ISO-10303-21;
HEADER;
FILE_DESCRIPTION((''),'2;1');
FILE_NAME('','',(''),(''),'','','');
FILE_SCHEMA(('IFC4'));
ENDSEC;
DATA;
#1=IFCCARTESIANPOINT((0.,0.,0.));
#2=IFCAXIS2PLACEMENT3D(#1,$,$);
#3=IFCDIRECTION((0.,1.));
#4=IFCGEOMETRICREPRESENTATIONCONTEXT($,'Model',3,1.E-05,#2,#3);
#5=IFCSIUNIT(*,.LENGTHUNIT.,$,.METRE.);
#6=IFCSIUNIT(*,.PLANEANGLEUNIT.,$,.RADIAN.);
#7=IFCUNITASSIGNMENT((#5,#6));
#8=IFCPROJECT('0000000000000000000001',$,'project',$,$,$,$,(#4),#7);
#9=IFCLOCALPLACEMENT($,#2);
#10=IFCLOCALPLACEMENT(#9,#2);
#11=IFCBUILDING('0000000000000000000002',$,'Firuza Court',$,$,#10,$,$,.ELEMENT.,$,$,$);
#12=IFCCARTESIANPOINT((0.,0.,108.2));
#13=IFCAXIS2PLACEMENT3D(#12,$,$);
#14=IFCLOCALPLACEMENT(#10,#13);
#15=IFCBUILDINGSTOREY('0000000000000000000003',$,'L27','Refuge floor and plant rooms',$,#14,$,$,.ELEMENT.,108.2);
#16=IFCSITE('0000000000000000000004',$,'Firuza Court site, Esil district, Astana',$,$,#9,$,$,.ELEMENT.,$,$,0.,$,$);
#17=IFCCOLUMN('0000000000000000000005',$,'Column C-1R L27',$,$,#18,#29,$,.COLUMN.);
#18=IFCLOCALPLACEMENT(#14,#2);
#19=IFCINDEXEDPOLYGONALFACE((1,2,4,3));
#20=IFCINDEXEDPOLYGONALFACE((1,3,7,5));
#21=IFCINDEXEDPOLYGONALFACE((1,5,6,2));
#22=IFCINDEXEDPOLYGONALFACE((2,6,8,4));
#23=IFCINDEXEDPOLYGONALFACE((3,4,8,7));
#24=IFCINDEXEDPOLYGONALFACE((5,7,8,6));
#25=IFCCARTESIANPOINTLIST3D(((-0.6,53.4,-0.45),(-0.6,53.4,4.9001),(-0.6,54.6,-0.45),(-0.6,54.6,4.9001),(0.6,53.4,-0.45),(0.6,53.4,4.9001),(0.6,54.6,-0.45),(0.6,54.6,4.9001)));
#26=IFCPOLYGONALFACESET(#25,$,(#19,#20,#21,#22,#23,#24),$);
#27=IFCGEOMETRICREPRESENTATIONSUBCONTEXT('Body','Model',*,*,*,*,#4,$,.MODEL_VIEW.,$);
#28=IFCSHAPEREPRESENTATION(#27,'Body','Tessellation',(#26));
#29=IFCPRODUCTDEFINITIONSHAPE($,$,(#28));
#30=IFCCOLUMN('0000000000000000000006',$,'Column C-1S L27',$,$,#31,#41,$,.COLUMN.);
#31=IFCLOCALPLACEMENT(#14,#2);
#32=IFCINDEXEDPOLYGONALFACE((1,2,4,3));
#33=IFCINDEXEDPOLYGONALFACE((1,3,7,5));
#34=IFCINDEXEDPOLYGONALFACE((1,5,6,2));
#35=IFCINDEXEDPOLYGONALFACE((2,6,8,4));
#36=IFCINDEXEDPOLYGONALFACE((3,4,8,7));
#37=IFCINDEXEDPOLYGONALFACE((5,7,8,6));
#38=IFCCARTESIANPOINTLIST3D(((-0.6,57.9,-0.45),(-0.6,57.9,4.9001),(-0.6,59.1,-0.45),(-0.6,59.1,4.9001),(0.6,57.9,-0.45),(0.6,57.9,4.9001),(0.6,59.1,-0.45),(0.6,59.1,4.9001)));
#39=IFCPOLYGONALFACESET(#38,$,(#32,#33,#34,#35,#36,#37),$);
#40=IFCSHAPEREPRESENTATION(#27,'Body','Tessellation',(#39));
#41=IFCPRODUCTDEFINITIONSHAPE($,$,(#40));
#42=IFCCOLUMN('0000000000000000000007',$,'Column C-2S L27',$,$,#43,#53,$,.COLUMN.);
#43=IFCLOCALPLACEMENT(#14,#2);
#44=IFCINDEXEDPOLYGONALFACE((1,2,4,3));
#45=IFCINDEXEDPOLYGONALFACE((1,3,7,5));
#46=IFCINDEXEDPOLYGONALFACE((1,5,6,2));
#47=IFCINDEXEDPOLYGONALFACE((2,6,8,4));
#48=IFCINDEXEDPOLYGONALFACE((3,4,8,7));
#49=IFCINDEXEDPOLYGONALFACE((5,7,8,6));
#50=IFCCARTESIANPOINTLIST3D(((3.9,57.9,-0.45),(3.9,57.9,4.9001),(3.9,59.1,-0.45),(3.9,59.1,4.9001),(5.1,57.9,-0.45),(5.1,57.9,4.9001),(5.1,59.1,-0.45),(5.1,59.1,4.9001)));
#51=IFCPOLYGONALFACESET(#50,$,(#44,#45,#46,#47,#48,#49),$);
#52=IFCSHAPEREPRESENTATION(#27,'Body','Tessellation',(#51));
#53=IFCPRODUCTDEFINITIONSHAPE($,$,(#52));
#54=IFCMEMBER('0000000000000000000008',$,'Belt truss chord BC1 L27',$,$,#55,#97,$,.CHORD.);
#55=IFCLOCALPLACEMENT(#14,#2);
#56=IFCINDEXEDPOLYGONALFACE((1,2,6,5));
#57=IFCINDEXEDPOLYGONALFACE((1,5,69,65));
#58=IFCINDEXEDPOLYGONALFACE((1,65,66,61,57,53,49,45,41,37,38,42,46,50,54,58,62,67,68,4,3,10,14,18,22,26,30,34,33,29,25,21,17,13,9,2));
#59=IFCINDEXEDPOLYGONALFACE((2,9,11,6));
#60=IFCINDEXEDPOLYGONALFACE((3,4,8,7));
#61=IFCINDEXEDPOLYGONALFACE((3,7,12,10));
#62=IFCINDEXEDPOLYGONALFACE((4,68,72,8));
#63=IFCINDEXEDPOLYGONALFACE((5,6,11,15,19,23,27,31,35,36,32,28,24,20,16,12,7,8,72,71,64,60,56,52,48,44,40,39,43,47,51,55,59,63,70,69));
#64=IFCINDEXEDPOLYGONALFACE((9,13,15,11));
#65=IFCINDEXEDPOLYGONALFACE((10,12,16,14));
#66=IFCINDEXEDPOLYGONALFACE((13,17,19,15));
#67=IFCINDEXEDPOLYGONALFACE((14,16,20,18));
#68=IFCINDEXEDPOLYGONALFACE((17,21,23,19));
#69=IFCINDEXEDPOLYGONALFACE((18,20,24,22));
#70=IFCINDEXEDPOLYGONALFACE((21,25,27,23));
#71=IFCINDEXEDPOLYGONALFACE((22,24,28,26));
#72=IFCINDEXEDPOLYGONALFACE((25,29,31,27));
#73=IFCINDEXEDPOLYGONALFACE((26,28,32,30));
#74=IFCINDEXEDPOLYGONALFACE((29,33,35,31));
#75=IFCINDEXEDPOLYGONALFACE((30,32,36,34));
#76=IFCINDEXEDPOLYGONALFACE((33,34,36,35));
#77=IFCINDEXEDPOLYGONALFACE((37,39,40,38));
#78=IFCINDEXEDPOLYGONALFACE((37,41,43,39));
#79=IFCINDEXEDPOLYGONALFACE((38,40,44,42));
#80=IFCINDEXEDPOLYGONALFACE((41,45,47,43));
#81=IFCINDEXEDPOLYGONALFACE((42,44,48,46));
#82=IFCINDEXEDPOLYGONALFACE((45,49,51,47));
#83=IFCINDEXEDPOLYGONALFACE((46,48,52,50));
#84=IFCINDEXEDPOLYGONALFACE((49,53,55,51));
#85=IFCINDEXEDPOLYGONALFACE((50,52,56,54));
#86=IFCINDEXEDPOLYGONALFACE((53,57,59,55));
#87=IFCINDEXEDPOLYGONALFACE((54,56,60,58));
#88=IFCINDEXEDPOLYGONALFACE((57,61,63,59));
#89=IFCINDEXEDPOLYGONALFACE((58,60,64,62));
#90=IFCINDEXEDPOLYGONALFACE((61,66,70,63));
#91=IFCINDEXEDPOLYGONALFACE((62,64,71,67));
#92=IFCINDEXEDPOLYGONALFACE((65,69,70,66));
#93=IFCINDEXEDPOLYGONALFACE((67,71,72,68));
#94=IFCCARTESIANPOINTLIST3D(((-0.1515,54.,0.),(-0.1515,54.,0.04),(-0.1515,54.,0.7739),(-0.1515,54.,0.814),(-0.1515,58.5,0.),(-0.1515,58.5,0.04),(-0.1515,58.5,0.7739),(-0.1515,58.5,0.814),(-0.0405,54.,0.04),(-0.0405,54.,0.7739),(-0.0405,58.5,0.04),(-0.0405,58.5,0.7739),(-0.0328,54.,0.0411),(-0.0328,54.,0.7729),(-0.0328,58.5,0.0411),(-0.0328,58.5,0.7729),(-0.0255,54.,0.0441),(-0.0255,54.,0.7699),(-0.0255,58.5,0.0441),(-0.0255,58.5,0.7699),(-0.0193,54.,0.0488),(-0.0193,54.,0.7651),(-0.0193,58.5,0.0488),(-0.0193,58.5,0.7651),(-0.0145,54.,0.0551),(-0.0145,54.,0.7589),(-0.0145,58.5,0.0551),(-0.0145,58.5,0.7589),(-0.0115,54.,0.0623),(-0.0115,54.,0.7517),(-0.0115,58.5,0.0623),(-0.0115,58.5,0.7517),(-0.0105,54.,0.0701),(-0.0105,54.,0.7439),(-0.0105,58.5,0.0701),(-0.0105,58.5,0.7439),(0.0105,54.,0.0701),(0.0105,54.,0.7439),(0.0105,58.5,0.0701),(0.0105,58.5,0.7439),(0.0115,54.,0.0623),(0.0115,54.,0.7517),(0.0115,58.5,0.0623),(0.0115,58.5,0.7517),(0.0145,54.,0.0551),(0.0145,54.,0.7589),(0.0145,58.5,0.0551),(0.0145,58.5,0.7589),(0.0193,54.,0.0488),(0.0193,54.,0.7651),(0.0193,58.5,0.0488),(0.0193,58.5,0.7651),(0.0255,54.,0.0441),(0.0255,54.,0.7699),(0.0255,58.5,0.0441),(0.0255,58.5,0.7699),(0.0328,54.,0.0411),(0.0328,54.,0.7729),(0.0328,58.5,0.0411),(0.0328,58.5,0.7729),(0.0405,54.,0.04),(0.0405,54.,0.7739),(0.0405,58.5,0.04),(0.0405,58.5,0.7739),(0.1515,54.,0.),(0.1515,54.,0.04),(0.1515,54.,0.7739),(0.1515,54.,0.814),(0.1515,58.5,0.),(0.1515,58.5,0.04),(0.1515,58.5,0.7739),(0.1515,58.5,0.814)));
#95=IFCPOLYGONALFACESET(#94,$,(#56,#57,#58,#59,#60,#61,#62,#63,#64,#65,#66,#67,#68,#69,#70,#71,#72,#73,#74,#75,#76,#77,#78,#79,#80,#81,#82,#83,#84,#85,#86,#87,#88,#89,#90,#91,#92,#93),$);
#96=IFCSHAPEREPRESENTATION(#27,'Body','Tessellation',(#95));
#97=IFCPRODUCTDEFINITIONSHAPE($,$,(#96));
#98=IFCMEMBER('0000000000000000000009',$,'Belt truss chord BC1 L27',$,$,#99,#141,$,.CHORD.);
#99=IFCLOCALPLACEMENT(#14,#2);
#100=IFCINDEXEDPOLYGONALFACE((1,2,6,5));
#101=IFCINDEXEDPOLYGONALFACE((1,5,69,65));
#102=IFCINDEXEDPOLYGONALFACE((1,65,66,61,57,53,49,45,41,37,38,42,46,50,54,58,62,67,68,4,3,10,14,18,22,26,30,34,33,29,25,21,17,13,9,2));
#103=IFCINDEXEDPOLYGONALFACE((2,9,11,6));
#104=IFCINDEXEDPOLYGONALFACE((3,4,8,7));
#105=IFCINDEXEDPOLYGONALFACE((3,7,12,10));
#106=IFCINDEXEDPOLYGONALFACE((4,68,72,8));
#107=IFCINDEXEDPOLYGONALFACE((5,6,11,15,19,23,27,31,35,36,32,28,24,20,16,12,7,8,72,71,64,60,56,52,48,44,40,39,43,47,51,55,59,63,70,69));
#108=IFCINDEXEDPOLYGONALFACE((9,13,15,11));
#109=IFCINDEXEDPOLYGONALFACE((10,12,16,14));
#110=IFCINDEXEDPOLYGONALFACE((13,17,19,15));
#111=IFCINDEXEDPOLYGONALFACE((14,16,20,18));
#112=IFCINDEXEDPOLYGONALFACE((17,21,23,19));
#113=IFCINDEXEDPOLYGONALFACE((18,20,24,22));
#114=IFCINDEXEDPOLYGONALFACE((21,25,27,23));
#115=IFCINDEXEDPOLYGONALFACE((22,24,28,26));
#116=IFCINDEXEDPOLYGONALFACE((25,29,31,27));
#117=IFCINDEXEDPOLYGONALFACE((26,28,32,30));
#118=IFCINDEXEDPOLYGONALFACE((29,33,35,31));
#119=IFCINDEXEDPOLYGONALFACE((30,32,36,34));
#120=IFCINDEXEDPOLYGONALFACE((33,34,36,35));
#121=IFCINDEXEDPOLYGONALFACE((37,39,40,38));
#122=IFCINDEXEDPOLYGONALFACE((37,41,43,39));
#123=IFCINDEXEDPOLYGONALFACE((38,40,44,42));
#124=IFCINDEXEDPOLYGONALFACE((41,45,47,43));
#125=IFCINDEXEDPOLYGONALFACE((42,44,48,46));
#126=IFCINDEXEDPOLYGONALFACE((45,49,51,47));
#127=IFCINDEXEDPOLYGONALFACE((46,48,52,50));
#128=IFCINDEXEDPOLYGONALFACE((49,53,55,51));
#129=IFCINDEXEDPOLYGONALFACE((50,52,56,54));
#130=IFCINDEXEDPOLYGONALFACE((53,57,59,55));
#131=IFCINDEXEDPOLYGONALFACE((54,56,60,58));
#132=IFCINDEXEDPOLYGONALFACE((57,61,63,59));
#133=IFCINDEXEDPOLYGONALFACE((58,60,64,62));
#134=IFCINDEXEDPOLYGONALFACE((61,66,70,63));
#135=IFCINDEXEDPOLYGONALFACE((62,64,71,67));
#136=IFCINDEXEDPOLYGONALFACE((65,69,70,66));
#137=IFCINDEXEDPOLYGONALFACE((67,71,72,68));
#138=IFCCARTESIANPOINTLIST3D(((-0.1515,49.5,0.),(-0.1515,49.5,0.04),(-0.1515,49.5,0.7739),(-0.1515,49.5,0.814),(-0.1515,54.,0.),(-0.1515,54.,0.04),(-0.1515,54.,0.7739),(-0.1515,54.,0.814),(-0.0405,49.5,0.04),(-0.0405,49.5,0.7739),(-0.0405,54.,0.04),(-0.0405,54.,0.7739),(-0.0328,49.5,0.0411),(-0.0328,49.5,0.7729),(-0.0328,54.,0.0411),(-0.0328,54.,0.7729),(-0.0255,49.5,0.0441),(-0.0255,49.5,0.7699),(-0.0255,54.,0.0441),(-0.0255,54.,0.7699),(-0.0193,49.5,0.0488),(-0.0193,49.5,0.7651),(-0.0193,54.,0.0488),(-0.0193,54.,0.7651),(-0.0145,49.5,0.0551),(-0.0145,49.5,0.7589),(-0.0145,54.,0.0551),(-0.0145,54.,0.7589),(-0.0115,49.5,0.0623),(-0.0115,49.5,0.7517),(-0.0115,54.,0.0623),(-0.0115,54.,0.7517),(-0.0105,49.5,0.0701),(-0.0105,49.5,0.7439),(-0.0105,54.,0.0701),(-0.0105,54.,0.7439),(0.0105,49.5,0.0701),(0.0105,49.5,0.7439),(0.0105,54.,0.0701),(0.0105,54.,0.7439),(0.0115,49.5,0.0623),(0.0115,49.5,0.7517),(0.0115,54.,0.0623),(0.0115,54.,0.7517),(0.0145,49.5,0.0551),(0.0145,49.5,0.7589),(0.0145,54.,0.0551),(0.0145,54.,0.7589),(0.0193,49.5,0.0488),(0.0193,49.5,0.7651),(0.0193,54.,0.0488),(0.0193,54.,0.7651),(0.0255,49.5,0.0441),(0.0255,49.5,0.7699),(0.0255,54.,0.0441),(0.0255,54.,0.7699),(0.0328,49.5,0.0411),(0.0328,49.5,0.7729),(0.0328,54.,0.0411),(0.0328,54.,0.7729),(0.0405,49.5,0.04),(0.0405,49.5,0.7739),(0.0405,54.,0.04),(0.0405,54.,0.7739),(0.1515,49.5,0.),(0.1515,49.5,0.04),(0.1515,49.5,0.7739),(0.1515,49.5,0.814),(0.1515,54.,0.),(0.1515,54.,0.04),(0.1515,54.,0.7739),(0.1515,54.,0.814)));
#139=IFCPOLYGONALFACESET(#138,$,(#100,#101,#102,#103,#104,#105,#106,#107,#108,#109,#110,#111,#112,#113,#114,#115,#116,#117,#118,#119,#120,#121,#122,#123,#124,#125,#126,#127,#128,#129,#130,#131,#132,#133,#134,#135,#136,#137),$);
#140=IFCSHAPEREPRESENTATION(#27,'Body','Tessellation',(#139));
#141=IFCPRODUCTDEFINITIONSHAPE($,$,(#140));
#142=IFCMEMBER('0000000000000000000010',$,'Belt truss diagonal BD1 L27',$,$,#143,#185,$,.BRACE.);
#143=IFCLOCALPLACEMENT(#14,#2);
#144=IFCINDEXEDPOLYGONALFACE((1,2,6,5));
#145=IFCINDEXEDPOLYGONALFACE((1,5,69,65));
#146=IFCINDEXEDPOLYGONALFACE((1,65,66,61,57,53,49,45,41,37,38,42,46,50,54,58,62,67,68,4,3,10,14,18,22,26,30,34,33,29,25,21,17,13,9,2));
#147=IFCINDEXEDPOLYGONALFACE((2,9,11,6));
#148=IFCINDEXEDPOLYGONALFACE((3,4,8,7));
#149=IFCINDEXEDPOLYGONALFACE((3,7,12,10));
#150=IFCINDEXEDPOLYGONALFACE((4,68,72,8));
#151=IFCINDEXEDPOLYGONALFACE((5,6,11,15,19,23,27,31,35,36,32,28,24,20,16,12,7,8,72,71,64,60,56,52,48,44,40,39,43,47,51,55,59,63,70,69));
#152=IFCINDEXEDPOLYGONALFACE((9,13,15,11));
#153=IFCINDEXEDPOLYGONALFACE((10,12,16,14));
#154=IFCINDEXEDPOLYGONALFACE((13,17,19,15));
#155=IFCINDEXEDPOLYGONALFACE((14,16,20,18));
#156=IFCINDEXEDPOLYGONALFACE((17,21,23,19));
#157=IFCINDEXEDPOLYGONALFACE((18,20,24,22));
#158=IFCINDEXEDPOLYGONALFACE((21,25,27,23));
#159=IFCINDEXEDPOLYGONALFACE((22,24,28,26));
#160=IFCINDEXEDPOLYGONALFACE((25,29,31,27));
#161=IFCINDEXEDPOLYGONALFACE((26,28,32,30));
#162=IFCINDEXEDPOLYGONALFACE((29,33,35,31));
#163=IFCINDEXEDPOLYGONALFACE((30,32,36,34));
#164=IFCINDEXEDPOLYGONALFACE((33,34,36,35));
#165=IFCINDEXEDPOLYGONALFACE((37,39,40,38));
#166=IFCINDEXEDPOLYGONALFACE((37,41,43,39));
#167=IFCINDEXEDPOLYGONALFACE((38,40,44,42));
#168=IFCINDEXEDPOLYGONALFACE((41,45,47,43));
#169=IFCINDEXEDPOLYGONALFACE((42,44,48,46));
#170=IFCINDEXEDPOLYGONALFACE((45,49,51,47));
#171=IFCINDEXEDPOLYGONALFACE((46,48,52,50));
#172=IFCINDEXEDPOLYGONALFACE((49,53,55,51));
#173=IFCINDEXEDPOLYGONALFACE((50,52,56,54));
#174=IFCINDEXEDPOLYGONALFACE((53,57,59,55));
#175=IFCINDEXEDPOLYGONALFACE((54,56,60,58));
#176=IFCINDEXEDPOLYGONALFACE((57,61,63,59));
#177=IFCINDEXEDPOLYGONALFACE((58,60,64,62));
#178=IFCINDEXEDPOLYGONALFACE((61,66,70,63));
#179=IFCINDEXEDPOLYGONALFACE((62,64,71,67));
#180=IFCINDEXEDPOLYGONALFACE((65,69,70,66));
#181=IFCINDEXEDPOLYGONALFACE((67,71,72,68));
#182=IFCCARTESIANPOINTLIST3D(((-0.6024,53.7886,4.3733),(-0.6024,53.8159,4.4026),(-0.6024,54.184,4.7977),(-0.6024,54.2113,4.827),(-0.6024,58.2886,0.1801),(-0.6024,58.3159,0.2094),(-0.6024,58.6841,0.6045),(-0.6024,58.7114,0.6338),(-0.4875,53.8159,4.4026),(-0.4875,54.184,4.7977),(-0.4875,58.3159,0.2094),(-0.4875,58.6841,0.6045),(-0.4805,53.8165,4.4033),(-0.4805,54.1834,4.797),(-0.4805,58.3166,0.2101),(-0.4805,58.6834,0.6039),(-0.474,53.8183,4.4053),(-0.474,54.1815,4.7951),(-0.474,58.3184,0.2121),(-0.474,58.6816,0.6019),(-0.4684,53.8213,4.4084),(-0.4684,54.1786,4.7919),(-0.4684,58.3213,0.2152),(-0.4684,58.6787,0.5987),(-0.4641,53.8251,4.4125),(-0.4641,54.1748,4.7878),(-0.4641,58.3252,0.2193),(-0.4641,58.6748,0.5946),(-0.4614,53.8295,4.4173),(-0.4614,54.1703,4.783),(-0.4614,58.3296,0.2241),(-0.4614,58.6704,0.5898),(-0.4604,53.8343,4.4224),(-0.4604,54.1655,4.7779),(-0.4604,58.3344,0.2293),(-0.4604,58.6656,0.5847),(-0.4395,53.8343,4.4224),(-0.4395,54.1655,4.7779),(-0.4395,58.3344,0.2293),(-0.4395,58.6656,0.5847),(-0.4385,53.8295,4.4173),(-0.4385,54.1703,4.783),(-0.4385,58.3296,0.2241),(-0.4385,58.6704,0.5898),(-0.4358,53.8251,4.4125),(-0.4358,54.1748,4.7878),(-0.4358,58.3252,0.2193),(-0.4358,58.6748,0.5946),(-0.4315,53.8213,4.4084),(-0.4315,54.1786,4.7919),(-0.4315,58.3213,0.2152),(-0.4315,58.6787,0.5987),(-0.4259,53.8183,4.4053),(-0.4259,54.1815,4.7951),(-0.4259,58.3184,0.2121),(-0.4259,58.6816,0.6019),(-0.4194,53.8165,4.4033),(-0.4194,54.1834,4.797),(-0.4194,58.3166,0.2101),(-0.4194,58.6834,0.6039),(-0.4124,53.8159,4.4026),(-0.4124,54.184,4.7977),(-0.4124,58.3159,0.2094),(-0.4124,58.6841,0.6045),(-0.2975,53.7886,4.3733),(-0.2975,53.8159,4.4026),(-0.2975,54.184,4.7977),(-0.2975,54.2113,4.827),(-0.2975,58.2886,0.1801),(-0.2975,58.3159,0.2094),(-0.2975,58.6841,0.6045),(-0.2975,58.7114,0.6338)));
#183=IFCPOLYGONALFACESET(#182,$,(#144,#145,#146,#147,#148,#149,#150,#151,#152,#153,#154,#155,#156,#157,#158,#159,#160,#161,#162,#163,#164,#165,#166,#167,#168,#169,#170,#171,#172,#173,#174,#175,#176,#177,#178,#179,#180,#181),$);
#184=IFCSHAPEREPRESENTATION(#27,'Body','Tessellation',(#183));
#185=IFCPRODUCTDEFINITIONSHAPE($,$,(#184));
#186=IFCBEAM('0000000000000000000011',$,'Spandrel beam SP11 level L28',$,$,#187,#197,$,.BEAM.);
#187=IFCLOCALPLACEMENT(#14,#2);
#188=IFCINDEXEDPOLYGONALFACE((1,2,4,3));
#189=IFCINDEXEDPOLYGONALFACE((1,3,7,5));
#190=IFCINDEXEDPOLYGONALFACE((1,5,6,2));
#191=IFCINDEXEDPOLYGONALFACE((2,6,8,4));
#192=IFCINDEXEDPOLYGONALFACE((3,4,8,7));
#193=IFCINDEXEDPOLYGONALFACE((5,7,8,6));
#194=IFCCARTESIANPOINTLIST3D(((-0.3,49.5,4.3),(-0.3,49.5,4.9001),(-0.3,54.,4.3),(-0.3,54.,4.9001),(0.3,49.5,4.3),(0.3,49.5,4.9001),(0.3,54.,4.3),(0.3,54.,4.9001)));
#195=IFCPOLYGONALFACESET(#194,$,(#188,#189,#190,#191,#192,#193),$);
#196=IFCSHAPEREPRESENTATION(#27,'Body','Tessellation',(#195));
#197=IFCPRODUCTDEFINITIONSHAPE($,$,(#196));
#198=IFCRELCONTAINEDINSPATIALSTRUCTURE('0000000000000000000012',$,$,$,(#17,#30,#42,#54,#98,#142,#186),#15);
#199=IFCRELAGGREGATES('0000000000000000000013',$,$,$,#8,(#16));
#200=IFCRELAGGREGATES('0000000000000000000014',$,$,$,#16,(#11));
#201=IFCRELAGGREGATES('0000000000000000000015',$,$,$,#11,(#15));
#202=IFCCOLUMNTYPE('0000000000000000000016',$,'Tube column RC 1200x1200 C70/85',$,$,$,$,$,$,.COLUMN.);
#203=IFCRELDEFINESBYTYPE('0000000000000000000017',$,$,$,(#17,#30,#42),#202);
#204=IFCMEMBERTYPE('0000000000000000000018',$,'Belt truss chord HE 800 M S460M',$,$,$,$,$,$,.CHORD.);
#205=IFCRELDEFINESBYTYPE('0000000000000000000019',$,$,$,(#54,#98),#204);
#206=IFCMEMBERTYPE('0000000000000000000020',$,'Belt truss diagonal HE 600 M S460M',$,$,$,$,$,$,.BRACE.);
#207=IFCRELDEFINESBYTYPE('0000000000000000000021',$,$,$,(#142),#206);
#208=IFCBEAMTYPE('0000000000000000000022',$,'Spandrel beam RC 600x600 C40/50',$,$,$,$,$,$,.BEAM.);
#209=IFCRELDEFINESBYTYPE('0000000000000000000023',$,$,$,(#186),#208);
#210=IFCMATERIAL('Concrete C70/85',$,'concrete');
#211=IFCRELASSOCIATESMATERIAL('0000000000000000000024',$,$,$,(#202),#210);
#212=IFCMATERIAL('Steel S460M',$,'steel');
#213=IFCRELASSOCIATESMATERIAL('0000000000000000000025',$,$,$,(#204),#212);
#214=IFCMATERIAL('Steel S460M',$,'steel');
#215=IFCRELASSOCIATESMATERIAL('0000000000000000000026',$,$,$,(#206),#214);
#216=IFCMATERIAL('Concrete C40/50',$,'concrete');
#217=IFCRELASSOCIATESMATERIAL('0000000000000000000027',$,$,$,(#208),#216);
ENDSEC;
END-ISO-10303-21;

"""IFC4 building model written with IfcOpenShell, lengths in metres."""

from ifc_helpers import new_model, si_unit, direction, frame, origin, origin_2d, place, context, subcontext, project, spatial, rectangle, i_section, extrude, material, material_profile, profile_set, type_object, element, save


model = new_model("IFC4")

# Units and contexts
model_context = context("Model", 3, precision=1e-05, world=origin(), true_north=direction((0.0, 1.0)))
body_context = subcontext(model_context, "Body", "Model", "MODEL_VIEW")
ifc_project = project(units=[si_unit("LENGTHUNIT", "METRE"), si_unit("PLANEANGLEUNIT", "RADIAN")], contexts=[model_context])

# Site, building, storey
site_placement = place(None, origin())
site = spatial("IfcSite", under=ifc_project, at=site_placement, Name="Firuza Court site, Esil district, Astana", CompositionType="ELEMENT", RefElevation=0.0)
building_placement = place(site_placement, origin())
building = spatial("IfcBuilding", under=site, at=building_placement, Name="Firuza Court", CompositionType="ELEMENT")
storey_placement = place(building_placement, frame((0.0, 0.0, 108.2)))
storey = spatial("IfcBuildingStorey", under=building, at=storey_placement, Name="L27", Description="Refuge floor and plant rooms", CompositionType="ELEMENT", Elevation=108.2)

# Columns
ifc_material_1 = material(Name="Concrete C70/85", Category="concrete")
ifc_material_profile_1 = material_profile(ifc_material_1, rectangle(XDim=1.2, YDim=1.2, at=origin_2d()), Name="RC 1200x1200")
ifc_profile_set_1 = profile_set([ifc_material_profile_1], Name="Concrete C70/85")
column_type = type_object("IfcColumnType", Name="Tube column RC 1200x1200 C70/85", PredefinedType="COLUMN", material=ifc_profile_set_1)
for number, where, z_axis, x_axis, name in (
    (1, (0.0, 54.0, -0.45), (0.0, 0.0, 1.0), (1.0, 0.0, 0.0), "Column C-1R L27"),
    (2, (0.0, 58.5, -0.45), (0.0, 0.0, 1.0), (1.0, 0.0, 0.0), "Column C-1S L27"),
    (3, (4.5, 58.5, -0.45), (0.0, 0.0, 1.0), (1.0, 0.0, 0.0), "Column C-2S L27"),
):
    element("IfcColumn", number, at=place(storey_placement, frame(where, z_axis=z_axis, x_axis=x_axis)), inside=storey, type_object=column_type, Name=name, PredefinedType="COLUMN", context=body_context, shape_type="SweptSolid", body=[
        extrude(rectangle(XDim=1.2, YDim=1.2, at=origin_2d()), origin(), (0.0, 0.0, 1.0), 5.3501),
    ])

# Members
ifc_material_2 = material(Name="Steel S460M", Category="steel")
ifc_material_profile_2 = material_profile(ifc_material_2, i_section(OverallWidth=0.303, OverallDepth=0.814, WebThickness=0.021, FlangeThickness=0.04, FilletRadius=0.03, at=origin_2d()), Name="HE 800 M")
ifc_profile_set_2 = profile_set([ifc_material_profile_2], Name="Steel S460M")
member_type_1 = type_object("IfcMemberType", Name="Belt truss chord HE 800 M S460M", PredefinedType="CHORD", material=ifc_profile_set_2)
for number, where, z_axis, x_axis, name in (
    (4, (0.0, 58.5, 0.407), (0.0, -1.0, 0.0), (1.0, 0.0, 0.0), "Belt truss chord BC1 L27"),
    (5, (0.0, 54.0, 0.407), (0.0, -1.0, 0.0), (1.0, 0.0, 0.0), "Belt truss chord BC1 L27"),
):
    element("IfcMember", number, at=place(storey_placement, frame(where, z_axis=z_axis, x_axis=x_axis)), inside=storey, type_object=member_type_1, Name=name, PredefinedType="CHORD", context=body_context, shape_type="SweptSolid", body=[
        extrude(i_section(OverallWidth=0.303, OverallDepth=0.814, WebThickness=0.021, FlangeThickness=0.04, FilletRadius=0.03, at=origin_2d()), origin(), (0.0, 0.0, 1.0), 4.5),
    ])
ifc_material_3 = material(Name="Steel S460M", Category="steel")
ifc_material_profile_3 = material_profile(ifc_material_3, i_section(OverallWidth=0.3049, OverallDepth=0.6201, WebThickness=0.021, FlangeThickness=0.04, FilletRadius=0.0271, at=origin_2d()), Name="HE 600 M")
ifc_profile_set_3 = profile_set([ifc_material_profile_3], Name="Steel S460M")
member_type_2 = type_object("IfcMemberType", Name="Belt truss diagonal HE 600 M S460M", PredefinedType="BRACE", material=ifc_profile_set_3)
member_placement = place(storey_placement, frame((-0.45, 58.5, 0.407), z_axis=(0.0, -0.731613, 0.68172), x_axis=(1.0, 0.0, 0.0)))
element("IfcMember", 6, at=member_placement, inside=storey, type_object=member_type_2, Name="Belt truss diagonal BD1 L27", PredefinedType="BRACE", context=body_context, shape_type="SweptSolid", body=[
    extrude(i_section(OverallWidth=0.3049, OverallDepth=0.6201, WebThickness=0.021, FlangeThickness=0.04, FilletRadius=0.0271, at=origin_2d()), origin(), (0.0, 0.0, 1.0), 6.1509),
])

# Beam
ifc_material_4 = material(Name="Concrete C40/50", Category="concrete")
ifc_material_profile_4 = material_profile(ifc_material_4, rectangle(XDim=0.6001, YDim=0.6001, at=origin_2d()), Name="RC 600x600")
ifc_profile_set_4 = profile_set([ifc_material_profile_4], Name="Concrete C40/50")
beam_type = type_object("IfcBeamType", Name="Spandrel beam RC 600x600 C40/50", PredefinedType="BEAM", material=ifc_profile_set_4)
for number, where, z_axis, x_axis, name in (
    (7, (0.0, 54.0, 4.6001), (0.0, -1.0, 0.0), (1.0, 0.0, 0.0), "Spandrel beam SP11 level L28"),
):
    element("IfcBeam", number, at=place(storey_placement, frame(where, z_axis=z_axis, x_axis=x_axis)), inside=storey, type_object=beam_type, Name=name, PredefinedType="BEAM", context=body_context, shape_type="SweptSolid", body=[
        extrude(rectangle(XDim=0.6001, YDim=0.6001, at=origin_2d()), origin(), (0.0, 0.0, 1.0), 4.5),
    ])

save(model, "model.ifc")
